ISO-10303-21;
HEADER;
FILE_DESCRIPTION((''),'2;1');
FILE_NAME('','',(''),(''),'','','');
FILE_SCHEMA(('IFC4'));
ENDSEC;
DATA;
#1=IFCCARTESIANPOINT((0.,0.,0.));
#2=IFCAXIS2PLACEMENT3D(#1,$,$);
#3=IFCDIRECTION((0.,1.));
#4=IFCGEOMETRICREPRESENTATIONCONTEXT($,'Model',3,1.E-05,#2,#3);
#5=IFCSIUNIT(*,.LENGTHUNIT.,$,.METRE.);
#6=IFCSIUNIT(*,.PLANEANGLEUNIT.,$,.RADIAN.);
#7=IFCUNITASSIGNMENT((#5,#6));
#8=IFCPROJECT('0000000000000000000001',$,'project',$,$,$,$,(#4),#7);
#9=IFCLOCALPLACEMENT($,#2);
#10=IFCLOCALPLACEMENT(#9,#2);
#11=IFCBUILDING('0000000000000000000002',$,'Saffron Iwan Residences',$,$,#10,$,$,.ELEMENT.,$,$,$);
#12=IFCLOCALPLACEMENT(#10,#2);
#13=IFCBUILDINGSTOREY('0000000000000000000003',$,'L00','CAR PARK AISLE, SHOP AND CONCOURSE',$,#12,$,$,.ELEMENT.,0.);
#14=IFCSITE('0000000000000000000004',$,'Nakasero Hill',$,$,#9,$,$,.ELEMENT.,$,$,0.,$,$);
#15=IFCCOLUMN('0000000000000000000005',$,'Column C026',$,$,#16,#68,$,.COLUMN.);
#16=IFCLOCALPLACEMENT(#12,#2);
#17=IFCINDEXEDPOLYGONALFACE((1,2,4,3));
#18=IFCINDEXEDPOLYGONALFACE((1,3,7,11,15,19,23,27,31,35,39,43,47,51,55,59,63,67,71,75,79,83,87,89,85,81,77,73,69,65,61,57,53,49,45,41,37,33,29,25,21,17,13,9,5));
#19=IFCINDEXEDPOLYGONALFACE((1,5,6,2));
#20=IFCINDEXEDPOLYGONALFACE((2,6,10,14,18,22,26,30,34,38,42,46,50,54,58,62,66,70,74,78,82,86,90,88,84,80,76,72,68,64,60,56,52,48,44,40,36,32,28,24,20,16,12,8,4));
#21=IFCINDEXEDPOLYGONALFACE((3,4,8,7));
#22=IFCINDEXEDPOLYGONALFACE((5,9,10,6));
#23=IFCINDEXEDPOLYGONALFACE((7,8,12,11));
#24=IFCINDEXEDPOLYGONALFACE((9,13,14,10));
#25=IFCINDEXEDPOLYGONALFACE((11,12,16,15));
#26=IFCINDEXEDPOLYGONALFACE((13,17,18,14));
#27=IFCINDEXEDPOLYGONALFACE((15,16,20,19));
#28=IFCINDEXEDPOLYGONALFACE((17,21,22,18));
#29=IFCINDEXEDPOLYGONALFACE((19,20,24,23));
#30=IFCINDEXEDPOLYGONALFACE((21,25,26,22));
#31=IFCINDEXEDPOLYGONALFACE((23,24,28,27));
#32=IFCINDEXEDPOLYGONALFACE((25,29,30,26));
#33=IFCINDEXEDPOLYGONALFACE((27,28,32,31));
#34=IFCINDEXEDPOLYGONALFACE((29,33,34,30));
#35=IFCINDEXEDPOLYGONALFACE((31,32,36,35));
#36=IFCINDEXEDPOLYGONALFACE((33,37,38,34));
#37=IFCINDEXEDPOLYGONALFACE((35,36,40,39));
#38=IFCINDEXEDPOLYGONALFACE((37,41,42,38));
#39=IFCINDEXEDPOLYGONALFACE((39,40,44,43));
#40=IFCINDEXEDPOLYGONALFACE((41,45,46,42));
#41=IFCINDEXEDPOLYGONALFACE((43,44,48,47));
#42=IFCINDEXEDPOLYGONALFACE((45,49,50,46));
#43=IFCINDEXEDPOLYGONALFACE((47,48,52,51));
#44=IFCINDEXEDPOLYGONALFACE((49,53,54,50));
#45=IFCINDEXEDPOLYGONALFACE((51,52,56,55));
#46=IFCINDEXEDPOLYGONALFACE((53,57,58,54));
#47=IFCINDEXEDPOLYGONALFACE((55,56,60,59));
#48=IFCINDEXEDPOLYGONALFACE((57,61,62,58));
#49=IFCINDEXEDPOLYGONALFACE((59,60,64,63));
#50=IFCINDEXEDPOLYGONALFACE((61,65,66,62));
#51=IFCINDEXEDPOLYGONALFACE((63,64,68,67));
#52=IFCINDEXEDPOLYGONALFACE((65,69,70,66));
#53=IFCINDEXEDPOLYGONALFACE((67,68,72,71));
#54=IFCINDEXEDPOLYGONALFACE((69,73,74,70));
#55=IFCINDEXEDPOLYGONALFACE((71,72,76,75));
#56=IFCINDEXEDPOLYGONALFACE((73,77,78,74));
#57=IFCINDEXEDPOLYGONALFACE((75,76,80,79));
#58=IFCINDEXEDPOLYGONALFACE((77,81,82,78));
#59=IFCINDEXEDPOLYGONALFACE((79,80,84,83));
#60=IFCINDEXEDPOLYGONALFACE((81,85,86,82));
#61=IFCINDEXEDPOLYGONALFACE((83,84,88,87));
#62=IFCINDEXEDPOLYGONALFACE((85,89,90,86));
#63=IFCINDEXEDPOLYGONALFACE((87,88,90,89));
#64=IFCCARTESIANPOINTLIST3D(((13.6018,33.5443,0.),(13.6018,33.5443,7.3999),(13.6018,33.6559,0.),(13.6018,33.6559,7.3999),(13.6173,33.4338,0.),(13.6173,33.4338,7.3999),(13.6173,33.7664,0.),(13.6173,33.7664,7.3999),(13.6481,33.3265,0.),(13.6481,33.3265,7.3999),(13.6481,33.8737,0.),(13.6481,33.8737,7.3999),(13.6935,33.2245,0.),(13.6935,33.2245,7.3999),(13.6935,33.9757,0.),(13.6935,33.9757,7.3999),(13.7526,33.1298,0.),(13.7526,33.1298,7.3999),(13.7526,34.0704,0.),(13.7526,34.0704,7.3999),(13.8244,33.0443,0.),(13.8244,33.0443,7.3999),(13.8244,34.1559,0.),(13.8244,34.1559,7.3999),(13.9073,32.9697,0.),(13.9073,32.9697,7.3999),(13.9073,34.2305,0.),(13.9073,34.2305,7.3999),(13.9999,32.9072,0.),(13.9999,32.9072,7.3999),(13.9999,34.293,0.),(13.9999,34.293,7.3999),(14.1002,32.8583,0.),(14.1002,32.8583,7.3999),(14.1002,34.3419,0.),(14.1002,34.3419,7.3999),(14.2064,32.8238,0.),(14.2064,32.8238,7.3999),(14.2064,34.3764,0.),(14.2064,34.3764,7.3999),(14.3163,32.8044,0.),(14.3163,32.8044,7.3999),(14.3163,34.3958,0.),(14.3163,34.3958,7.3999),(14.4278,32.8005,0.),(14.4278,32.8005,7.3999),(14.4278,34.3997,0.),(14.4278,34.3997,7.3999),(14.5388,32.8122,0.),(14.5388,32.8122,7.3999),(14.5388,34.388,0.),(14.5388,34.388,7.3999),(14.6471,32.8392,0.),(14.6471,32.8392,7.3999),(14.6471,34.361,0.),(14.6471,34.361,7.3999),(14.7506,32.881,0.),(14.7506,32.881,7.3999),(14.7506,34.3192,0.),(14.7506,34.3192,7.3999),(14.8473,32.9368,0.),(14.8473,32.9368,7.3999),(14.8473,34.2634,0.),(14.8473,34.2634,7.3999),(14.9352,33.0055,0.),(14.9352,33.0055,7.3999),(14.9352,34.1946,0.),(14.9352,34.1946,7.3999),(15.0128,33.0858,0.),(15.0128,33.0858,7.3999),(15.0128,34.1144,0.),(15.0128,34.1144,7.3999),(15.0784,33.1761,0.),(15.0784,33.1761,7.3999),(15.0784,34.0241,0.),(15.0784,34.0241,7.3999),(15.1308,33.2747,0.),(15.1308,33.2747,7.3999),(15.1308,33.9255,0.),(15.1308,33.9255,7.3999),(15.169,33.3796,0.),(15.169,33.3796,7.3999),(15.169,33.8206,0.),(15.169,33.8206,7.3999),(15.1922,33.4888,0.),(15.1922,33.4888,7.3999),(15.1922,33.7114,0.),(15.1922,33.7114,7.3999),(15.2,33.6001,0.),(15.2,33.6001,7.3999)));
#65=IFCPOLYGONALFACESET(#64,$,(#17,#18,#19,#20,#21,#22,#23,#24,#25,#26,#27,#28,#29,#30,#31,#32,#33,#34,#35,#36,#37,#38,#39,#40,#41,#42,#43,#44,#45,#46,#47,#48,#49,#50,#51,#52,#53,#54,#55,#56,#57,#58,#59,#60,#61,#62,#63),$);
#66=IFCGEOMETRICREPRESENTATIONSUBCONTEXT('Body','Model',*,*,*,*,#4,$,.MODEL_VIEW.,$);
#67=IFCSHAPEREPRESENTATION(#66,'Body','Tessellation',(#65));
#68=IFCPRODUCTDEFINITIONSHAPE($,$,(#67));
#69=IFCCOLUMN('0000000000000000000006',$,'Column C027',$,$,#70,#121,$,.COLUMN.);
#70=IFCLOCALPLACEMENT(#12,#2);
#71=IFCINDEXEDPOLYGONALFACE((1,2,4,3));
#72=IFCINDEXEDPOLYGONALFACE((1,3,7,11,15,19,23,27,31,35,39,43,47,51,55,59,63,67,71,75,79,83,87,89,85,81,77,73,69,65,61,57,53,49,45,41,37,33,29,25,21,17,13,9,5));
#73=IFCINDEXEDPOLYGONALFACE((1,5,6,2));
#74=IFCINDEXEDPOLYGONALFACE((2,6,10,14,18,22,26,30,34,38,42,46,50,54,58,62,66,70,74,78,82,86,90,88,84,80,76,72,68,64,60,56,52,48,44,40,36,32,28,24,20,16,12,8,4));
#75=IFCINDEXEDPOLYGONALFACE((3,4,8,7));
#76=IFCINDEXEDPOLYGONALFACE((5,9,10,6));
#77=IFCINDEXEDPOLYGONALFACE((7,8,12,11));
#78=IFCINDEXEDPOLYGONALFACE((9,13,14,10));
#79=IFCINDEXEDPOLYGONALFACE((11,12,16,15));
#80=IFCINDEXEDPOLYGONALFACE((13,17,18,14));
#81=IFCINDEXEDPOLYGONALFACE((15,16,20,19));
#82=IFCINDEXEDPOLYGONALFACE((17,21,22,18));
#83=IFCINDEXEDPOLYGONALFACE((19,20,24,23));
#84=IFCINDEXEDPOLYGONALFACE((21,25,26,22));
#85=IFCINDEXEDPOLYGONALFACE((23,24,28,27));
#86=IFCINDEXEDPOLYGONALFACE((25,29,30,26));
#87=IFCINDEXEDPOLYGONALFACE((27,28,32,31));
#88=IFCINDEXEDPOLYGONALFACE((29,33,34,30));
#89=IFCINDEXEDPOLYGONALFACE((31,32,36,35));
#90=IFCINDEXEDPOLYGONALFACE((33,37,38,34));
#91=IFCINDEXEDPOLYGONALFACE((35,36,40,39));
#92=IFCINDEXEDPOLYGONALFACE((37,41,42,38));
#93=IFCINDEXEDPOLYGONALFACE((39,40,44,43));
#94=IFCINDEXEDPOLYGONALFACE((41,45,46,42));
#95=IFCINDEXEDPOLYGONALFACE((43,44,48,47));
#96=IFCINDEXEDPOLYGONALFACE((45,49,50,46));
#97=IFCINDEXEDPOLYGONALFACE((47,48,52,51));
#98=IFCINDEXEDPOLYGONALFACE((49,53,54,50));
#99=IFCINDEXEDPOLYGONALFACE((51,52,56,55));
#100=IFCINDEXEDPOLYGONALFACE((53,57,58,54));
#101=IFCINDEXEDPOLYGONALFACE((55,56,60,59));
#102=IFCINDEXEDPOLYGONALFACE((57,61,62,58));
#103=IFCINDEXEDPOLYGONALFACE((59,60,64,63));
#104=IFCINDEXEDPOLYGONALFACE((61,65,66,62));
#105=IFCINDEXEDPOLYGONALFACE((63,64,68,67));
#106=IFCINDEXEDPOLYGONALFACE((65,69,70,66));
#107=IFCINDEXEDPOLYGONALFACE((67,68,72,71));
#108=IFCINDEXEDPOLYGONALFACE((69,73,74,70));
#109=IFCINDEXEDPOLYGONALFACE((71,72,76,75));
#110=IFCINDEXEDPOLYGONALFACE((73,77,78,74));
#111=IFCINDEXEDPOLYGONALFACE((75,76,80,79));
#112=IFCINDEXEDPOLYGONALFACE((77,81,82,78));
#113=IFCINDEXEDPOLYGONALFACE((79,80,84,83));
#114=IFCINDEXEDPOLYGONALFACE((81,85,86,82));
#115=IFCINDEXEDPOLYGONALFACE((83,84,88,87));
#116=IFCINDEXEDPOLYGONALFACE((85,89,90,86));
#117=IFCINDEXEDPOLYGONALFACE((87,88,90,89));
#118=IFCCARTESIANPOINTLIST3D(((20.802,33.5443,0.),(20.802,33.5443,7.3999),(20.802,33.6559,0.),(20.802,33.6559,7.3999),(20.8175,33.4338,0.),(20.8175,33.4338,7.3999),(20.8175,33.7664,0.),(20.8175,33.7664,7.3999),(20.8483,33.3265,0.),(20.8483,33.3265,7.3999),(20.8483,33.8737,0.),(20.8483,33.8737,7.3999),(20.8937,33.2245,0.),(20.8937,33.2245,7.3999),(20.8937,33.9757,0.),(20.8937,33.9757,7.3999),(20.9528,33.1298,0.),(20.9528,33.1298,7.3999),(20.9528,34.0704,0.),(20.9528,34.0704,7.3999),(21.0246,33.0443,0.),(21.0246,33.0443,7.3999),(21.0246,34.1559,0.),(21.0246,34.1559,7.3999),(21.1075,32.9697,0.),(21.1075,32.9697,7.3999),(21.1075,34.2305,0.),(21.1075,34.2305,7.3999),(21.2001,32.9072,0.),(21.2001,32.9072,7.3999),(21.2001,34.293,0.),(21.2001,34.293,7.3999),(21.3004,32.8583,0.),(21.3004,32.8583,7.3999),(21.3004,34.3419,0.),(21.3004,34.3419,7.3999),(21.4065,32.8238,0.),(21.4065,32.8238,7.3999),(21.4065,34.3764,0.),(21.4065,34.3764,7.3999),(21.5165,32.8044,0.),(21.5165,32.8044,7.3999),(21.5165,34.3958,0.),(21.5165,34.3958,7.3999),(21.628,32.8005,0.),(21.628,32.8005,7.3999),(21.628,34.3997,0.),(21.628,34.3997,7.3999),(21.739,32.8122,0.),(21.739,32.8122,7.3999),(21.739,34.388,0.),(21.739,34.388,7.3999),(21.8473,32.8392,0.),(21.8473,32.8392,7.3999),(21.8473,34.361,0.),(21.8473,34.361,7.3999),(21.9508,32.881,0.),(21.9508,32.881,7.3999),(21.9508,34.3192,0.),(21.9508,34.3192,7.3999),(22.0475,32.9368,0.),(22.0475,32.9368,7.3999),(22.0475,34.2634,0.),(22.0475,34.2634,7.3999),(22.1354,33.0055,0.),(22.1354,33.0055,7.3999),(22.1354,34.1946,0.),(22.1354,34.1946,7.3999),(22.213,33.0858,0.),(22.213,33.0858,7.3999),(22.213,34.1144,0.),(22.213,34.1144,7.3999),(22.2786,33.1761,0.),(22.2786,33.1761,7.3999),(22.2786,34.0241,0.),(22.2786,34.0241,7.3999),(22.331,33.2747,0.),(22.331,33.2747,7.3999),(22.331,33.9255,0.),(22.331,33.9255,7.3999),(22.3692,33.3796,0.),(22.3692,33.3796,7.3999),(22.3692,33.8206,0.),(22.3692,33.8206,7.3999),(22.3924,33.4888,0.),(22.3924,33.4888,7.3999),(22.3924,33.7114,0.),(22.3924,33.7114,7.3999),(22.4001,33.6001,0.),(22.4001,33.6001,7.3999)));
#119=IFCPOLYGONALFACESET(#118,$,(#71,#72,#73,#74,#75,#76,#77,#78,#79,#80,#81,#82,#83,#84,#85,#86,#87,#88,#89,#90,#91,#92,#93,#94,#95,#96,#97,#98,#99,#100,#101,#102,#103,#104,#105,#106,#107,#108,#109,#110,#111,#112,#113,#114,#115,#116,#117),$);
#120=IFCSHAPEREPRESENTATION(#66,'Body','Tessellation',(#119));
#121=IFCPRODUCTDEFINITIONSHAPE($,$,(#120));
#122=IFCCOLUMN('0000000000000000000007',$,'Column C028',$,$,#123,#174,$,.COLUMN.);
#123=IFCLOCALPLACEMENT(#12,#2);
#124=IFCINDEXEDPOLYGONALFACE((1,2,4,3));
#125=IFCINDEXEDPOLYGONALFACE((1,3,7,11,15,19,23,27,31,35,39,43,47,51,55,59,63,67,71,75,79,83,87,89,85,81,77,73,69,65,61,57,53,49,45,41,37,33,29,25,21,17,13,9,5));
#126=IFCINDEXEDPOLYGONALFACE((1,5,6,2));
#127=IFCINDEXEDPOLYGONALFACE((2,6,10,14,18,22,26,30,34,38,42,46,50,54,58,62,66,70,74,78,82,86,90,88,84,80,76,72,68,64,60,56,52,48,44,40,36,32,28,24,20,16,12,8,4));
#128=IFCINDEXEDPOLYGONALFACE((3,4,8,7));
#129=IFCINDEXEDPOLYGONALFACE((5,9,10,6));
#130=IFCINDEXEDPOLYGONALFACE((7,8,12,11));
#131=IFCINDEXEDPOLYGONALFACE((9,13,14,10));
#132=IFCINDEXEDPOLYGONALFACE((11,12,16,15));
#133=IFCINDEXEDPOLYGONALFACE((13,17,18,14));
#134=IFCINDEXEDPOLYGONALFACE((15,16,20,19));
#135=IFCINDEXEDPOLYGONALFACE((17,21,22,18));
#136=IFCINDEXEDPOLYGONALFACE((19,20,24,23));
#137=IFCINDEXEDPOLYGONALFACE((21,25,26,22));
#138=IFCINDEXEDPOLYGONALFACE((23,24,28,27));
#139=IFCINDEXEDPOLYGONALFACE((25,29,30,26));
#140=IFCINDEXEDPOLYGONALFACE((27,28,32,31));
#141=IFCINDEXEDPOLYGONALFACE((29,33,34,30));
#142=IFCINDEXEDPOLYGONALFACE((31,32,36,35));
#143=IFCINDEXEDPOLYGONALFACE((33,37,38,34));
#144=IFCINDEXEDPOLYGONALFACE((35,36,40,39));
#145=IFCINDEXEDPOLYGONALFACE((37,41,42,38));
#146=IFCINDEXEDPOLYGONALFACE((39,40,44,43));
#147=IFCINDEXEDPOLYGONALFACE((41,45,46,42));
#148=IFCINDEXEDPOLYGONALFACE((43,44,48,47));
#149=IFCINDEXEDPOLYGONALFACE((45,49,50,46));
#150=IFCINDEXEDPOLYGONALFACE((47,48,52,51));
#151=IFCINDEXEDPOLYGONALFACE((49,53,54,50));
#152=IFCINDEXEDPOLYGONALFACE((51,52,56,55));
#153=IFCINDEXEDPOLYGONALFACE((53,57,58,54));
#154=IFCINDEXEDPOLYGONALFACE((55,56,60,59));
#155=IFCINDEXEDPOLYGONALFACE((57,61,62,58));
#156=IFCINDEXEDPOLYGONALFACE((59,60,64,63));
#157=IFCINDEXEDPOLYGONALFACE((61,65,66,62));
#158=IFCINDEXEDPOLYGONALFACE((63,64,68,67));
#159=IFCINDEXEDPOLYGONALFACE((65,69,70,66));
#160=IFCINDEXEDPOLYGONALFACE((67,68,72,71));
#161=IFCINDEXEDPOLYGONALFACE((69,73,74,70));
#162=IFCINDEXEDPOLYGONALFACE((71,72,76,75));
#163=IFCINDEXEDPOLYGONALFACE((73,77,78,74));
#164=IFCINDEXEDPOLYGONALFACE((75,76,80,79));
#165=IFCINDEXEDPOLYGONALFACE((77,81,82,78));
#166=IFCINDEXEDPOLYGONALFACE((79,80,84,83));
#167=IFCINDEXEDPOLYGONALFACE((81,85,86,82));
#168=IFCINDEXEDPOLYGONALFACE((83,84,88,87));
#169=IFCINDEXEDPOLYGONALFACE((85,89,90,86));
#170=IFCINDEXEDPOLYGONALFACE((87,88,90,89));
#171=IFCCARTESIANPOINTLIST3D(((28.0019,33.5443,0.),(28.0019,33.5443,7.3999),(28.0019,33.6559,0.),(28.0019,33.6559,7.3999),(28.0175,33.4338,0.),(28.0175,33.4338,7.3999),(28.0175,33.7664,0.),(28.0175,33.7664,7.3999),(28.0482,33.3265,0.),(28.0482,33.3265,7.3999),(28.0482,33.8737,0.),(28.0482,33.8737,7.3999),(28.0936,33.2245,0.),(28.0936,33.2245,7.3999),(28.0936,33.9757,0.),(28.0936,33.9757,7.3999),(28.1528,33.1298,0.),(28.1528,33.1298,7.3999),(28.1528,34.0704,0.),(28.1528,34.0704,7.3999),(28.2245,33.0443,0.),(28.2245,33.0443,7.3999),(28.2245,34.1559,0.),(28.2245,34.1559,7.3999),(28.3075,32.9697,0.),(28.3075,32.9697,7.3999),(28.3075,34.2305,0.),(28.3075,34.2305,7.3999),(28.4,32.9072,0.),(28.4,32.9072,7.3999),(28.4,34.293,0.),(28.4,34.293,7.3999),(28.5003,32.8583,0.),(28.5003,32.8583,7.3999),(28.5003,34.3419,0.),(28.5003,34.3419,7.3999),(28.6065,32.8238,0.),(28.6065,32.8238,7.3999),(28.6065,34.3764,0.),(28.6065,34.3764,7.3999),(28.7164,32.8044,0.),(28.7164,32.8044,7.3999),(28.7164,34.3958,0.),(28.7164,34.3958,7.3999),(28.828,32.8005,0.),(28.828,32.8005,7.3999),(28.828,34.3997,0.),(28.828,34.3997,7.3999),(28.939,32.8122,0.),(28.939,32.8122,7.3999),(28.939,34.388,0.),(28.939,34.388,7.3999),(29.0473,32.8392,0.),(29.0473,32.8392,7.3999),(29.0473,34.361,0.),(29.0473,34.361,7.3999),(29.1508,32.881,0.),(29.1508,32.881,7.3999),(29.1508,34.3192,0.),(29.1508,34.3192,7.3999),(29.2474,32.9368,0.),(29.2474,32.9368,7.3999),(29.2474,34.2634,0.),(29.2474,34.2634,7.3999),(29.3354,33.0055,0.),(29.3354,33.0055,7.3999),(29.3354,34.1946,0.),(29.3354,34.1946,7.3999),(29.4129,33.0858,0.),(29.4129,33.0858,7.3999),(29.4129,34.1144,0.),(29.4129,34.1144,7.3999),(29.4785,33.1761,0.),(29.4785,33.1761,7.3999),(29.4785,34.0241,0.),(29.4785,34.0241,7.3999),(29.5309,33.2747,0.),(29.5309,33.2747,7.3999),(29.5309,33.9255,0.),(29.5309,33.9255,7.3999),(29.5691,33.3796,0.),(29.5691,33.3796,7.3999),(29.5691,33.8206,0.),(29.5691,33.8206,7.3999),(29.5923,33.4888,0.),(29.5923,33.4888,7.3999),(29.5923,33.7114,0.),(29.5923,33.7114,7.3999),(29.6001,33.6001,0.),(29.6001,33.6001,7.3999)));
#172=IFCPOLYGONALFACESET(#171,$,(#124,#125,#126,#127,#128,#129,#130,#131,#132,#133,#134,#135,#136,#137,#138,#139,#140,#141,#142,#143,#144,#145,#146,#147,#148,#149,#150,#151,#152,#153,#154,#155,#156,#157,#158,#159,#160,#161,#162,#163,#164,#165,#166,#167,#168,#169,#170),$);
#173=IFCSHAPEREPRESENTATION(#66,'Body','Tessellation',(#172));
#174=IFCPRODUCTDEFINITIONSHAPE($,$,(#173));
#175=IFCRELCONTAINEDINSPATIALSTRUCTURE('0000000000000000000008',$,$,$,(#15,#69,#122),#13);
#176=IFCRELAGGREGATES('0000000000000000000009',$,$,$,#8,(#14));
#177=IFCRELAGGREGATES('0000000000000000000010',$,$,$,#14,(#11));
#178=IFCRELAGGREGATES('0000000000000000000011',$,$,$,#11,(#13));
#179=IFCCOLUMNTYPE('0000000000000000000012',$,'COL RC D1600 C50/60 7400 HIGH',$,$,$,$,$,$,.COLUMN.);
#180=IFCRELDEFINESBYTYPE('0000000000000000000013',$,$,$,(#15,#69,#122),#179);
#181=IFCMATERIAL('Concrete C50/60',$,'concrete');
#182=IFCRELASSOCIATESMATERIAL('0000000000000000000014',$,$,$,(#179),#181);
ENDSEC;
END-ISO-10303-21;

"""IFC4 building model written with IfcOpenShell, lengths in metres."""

from ifc_helpers import new_model, si_unit, direction, frame, origin, origin_2d, place, context, subcontext, project, spatial, circle, extrude, source, transform, mapped, material, material_profile, profile_set, type_object, element, save


model = new_model("IFC4")

# Units and contexts
model_context = context("Model", 3, precision=1e-05, world=origin(), true_north=direction((0.0, 1.0)))
body_context = subcontext(model_context, "Body", "Model", "MODEL_VIEW")
ifc_project = project(units=[si_unit("LENGTHUNIT", "METRE"), si_unit("PLANEANGLEUNIT", "RADIAN")], contexts=[model_context])

# Site, building, storey
site_placement = place(None, origin())
site = spatial("IfcSite", under=ifc_project, at=site_placement, Name="Nakasero Hill", CompositionType="ELEMENT", RefElevation=0.0)
building_placement = place(site_placement, origin())
building = spatial("IfcBuilding", under=site, at=building_placement, Name="Saffron Iwan Residences", CompositionType="ELEMENT")
storey_placement = place(building_placement, origin())
storey = spatial("IfcBuildingStorey", under=building, at=storey_placement, Name="L00", Description="CAR PARK AISLE, SHOP AND CONCOURSE", CompositionType="ELEMENT", Elevation=0.0)

# Columns
ifc_material_1 = material(Name="Concrete C50/60", Category="concrete")
ifc_material_profile_1 = material_profile(ifc_material_1, circle(Radius=0.8, at=origin_2d()), Name="RC D1600")
ifc_profile_set_1 = profile_set([ifc_material_profile_1], Name="Concrete C50/60")
column_type = type_object("IfcColumnType", Name="COL RC D1600 C50/60 7400 HIGH", PredefinedType="COLUMN", material=ifc_profile_set_1)
shared_shape_1 = source(origin(), body_context, "Body", "SweptSolid", [
    extrude(circle(Radius=0.8, at=origin_2d()), origin(), (0.0, 0.0, 1.0), 7.3999),
])
for number, where, z_axis, x_axis, name in (
    (1, (14.3999, 33.6001, 0.0), (0.0, 0.0, 1.0), (1.0, 0.0, 0.0), "Column C026"),
    (2, (21.6001, 33.6001, 0.0), (0.0, 0.0, 1.0), (1.0, 0.0, 0.0), "Column C027"),
    (3, (28.8, 33.6001, 0.0), (0.0, 0.0, 1.0), (1.0, 0.0, 0.0), "Column C028"),
):
    element("IfcColumn", number, at=place(storey_placement, frame(where, z_axis=z_axis, x_axis=x_axis)), inside=storey, type_object=column_type, Name=name, PredefinedType="COLUMN", context=body_context, shape_type="MappedRepresentation", body=[
        mapped(shared_shape_1, transform((0.0, 0.0, 0.0))),
    ])

save(model, "model.ifc")
